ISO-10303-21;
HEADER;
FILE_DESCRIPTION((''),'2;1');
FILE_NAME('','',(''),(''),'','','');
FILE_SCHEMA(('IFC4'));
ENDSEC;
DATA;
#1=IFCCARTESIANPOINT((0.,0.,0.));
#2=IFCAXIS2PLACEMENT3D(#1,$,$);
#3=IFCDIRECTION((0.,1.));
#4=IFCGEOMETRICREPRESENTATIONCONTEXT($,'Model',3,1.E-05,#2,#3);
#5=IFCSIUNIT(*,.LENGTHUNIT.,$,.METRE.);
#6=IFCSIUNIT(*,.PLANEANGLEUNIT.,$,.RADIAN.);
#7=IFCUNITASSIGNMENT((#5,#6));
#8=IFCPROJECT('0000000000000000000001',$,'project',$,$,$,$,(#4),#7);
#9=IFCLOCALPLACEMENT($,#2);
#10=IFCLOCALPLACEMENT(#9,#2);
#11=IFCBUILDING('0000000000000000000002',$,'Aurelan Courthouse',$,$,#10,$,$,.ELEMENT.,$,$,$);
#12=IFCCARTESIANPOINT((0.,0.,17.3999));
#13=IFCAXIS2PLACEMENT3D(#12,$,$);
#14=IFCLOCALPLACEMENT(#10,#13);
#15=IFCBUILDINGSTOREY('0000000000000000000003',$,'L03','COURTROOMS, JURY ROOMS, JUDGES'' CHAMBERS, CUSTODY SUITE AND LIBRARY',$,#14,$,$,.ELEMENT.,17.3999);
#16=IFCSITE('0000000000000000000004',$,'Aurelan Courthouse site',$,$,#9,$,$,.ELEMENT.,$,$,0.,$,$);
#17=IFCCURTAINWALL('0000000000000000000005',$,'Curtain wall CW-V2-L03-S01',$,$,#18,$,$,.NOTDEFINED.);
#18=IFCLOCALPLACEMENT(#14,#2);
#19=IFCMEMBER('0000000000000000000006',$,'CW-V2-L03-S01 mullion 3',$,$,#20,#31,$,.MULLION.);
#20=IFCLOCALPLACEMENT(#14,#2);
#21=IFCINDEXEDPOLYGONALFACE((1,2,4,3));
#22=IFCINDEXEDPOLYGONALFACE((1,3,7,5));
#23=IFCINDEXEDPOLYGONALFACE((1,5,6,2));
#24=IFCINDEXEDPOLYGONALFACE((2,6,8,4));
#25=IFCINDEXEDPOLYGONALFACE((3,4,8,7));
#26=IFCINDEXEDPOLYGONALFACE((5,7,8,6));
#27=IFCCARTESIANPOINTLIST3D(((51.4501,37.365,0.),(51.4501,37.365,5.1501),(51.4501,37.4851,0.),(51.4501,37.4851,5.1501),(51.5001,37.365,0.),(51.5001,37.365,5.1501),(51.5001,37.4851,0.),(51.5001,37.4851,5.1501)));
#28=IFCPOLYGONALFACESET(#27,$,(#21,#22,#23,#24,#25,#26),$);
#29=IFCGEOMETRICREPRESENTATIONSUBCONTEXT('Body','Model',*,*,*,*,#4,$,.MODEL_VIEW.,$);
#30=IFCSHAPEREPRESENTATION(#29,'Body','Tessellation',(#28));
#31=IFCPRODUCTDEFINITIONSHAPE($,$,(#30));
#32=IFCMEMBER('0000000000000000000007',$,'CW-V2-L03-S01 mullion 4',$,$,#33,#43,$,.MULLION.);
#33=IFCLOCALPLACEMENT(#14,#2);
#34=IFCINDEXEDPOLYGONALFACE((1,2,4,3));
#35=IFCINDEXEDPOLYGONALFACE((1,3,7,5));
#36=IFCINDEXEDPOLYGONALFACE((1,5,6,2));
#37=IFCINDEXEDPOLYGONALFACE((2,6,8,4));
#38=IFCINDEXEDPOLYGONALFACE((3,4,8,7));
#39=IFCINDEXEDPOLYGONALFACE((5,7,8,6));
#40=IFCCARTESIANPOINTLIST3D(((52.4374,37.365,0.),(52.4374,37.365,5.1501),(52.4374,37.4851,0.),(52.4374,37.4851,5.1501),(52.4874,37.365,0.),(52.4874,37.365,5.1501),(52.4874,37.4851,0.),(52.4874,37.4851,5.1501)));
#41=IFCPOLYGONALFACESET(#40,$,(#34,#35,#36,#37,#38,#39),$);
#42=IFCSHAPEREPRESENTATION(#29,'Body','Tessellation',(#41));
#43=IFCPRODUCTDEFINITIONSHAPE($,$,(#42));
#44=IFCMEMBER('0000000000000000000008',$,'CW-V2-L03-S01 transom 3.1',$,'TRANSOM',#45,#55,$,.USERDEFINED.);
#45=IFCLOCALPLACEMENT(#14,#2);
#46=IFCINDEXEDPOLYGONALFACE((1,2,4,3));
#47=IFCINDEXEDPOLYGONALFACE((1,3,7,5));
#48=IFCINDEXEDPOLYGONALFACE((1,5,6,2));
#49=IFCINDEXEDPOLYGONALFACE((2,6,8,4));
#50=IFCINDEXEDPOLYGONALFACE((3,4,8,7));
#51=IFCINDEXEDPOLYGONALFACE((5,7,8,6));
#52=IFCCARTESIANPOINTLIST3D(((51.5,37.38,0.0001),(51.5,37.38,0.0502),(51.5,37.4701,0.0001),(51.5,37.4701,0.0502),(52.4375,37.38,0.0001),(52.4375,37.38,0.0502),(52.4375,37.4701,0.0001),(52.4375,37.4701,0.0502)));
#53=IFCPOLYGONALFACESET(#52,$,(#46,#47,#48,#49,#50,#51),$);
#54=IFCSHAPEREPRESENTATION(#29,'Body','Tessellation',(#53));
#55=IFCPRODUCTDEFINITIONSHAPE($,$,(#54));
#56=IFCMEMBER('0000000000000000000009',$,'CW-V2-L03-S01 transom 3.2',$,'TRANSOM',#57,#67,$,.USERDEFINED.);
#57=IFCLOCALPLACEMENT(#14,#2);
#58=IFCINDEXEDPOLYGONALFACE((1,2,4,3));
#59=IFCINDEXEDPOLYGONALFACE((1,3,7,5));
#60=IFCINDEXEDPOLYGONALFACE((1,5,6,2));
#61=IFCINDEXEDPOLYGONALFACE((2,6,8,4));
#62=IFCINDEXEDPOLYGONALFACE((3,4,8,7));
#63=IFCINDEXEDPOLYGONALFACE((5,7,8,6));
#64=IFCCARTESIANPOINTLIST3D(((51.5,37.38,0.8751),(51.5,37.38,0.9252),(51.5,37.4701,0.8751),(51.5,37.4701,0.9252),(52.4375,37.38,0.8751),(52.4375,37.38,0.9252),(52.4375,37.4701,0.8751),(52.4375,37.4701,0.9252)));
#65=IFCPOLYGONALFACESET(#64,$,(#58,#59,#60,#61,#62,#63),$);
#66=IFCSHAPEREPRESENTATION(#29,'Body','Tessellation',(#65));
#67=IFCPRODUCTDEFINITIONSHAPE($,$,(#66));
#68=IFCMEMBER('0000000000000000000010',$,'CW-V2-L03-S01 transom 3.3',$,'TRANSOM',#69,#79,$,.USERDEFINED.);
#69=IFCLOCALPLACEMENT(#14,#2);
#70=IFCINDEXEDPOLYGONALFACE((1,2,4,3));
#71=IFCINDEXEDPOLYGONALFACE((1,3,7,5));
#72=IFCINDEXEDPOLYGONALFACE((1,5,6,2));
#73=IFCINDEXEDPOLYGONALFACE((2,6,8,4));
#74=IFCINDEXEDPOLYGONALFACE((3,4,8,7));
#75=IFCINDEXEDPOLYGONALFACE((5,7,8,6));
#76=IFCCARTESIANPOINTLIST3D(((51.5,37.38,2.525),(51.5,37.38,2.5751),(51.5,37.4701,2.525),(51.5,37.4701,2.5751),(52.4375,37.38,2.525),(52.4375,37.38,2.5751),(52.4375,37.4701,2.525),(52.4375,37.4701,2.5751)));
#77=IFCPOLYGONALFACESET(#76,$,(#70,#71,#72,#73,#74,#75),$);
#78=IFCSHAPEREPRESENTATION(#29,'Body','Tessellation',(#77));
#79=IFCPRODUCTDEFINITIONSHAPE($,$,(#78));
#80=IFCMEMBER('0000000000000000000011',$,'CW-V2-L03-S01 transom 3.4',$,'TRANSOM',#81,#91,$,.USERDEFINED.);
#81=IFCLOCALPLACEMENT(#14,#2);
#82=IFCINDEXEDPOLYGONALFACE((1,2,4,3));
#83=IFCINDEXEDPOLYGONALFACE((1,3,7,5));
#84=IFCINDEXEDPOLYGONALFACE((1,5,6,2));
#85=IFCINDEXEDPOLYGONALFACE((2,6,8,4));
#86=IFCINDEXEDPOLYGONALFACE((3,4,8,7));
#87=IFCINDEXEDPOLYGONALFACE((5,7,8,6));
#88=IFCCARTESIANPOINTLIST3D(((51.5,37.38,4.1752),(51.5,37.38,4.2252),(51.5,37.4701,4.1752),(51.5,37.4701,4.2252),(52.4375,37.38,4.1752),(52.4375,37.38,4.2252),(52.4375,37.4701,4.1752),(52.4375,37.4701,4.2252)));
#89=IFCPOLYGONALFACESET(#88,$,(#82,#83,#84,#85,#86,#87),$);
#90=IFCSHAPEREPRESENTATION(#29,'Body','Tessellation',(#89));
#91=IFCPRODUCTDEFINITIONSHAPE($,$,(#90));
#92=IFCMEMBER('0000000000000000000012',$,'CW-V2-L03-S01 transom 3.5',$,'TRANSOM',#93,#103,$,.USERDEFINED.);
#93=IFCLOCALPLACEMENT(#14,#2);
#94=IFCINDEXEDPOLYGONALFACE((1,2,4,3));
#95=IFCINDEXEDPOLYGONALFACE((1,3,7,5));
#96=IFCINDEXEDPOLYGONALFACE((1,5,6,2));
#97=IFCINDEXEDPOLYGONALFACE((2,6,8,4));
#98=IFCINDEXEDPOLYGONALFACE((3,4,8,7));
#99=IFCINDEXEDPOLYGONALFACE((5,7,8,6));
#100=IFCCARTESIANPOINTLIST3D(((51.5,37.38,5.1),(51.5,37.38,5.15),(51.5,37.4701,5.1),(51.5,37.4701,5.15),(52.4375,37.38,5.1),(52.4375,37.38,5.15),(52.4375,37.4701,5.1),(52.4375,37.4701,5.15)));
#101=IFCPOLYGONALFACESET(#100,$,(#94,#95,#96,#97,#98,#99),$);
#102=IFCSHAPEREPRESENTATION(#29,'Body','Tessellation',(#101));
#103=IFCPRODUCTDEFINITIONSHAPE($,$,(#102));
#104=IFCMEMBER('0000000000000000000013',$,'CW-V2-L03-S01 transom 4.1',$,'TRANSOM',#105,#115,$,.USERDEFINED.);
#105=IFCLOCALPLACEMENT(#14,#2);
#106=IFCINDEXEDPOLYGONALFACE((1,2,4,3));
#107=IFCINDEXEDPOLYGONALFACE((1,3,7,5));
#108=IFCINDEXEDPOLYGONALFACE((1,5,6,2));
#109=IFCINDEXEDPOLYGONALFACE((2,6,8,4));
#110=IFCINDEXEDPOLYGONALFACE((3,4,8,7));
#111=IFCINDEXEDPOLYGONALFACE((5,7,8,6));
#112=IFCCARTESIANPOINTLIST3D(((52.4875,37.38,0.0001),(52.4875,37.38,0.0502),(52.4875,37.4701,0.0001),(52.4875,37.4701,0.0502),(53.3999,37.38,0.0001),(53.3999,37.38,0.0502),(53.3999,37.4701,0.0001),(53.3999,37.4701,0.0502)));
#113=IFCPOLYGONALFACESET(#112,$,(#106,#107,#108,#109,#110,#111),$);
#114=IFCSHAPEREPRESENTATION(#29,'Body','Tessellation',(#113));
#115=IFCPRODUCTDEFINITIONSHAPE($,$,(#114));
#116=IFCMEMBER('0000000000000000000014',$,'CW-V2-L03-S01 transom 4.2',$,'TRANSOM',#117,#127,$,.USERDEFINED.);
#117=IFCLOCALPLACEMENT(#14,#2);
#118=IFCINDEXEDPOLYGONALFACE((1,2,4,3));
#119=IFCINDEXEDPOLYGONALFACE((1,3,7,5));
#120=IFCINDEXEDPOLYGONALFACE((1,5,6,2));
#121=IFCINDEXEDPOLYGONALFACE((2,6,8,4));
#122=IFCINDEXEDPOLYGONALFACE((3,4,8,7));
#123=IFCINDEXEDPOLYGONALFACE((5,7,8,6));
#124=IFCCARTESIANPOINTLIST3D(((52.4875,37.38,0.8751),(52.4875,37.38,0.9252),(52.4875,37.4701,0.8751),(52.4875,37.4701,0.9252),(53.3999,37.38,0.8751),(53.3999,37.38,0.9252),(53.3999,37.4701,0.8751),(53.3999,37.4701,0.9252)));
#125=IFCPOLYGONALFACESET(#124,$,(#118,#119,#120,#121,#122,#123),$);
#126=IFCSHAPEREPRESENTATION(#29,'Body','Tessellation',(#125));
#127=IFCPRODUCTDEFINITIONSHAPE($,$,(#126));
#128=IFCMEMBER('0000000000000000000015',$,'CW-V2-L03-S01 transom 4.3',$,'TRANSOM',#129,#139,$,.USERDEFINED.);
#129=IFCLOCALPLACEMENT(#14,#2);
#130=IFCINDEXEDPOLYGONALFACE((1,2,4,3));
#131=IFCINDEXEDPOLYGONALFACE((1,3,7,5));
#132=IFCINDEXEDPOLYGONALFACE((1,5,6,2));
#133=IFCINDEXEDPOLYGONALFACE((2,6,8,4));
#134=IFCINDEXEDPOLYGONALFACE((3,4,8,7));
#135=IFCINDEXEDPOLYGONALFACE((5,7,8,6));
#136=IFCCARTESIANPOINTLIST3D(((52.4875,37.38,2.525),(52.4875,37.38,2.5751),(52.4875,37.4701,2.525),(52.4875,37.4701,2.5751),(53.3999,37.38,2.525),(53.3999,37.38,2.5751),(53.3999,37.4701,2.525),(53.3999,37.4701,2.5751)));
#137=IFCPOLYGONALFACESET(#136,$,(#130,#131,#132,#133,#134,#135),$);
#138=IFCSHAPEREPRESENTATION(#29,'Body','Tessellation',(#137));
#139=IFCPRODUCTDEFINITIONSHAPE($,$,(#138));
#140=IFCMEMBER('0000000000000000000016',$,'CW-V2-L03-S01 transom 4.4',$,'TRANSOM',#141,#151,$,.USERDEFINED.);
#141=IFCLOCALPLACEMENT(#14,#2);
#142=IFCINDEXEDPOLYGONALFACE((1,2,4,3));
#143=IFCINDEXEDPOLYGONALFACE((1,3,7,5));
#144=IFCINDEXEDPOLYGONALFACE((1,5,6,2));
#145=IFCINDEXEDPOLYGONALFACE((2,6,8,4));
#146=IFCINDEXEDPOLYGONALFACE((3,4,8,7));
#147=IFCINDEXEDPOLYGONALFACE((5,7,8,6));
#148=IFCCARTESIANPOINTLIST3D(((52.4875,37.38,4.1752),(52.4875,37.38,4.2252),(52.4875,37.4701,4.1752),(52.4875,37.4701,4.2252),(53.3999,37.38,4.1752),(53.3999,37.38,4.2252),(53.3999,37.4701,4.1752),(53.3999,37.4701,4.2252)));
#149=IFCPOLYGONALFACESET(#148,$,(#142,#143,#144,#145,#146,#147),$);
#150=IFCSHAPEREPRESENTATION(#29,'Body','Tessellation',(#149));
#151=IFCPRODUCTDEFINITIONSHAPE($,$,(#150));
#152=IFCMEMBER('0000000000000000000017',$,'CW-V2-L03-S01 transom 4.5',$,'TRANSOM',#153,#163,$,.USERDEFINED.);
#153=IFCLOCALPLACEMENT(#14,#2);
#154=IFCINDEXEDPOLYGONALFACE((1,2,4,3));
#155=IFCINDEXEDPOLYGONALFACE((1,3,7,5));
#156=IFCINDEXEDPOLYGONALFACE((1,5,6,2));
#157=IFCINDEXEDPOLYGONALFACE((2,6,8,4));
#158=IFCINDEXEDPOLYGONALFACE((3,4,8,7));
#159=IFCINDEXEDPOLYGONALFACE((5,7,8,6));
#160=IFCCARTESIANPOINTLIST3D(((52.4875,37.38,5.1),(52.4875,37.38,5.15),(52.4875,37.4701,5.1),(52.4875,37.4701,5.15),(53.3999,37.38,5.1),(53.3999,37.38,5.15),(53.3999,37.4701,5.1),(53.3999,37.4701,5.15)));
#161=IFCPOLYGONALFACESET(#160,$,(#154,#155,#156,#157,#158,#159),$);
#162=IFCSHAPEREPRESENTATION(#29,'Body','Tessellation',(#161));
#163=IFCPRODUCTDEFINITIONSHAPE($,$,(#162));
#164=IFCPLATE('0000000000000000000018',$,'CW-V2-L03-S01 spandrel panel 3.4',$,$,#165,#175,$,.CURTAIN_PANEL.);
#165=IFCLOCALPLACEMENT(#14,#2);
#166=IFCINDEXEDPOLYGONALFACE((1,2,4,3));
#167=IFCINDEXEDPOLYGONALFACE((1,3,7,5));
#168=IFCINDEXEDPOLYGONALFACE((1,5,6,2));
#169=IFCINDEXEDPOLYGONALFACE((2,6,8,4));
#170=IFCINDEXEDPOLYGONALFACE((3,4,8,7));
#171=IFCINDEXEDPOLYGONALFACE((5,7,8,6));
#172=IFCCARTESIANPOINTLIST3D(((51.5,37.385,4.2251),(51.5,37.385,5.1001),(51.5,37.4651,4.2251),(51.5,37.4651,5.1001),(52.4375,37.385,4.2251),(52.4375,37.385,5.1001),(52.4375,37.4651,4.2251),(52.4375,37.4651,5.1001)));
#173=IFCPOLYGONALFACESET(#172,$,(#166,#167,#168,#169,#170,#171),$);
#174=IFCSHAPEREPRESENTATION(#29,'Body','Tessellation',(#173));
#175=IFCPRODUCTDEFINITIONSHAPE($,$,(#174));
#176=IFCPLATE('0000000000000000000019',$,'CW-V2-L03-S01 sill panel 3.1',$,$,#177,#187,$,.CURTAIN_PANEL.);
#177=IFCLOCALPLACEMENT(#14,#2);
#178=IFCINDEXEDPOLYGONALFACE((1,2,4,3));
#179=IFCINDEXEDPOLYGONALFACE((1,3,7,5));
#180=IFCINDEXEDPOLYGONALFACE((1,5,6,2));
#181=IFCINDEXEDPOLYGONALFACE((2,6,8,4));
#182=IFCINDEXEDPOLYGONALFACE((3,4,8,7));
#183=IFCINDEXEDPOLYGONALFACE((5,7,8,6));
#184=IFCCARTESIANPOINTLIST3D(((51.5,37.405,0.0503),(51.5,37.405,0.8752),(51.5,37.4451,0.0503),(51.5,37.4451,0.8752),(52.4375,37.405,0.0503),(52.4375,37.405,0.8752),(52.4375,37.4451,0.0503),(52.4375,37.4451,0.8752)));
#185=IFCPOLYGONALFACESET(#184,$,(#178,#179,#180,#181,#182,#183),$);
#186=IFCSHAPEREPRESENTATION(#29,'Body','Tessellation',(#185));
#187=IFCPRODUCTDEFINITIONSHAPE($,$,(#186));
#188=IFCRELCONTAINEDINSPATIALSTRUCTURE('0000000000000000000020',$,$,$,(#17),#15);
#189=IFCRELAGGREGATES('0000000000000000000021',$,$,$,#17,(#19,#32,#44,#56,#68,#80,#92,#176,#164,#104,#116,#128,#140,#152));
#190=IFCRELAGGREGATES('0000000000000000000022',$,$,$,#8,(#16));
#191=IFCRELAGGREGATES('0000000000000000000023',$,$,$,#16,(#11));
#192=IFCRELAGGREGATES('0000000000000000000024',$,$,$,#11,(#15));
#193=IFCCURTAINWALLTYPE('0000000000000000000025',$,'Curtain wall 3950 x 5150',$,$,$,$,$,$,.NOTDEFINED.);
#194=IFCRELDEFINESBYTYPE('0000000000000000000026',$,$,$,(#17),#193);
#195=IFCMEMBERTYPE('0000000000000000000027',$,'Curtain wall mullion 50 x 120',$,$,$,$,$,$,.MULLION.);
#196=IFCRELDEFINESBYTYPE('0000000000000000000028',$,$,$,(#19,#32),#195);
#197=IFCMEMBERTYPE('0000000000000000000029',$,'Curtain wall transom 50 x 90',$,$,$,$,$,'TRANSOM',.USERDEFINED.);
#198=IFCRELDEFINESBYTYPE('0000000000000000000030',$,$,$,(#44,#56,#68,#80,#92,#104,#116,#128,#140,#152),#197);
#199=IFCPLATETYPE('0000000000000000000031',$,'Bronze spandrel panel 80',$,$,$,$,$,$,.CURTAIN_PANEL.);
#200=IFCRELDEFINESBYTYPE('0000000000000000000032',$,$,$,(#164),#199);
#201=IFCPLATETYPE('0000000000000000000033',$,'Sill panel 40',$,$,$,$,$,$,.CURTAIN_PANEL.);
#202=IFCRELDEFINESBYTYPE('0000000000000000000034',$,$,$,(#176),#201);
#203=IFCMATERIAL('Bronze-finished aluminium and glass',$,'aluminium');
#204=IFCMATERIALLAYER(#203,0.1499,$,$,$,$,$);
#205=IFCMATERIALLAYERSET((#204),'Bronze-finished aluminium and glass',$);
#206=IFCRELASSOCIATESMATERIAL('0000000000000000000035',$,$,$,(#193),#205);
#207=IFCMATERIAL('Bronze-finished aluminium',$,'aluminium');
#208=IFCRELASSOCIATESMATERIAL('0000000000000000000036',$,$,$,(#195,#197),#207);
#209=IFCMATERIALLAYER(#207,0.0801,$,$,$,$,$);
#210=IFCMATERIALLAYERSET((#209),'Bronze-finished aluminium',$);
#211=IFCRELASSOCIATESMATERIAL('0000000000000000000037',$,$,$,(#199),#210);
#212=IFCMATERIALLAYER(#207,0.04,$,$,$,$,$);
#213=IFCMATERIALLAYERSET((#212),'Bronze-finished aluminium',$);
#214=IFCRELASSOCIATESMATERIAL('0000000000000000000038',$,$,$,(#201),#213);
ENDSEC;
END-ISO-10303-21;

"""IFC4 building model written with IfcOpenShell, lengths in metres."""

from ifc_helpers import new_model, si_unit, direction, frame, origin, origin_2d, place, context, subcontext, project, spatial, rectangle, extrude, material, layer, layer_set, material_profile, profile_set, type_object, element, aggregate, save


model = new_model("IFC4")

# Units and contexts
model_context = context("Model", 3, precision=1e-05, world=origin(), true_north=direction((0.0, 1.0)))
body_context = subcontext(model_context, "Body", "Model", "MODEL_VIEW")
ifc_project = project(units=[si_unit("LENGTHUNIT", "METRE"), si_unit("PLANEANGLEUNIT", "RADIAN")], contexts=[model_context])

# Site, building, storey
site_placement = place(None, origin())
site = spatial("IfcSite", under=ifc_project, at=site_placement, Name="Aurelan Courthouse site", CompositionType="ELEMENT", RefElevation=0.0)
building_placement = place(site_placement, origin())
building = spatial("IfcBuilding", under=site, at=building_placement, Name="Aurelan Courthouse", CompositionType="ELEMENT")
storey_placement = place(building_placement, frame((0.0, 0.0, 17.3999)))
storey = spatial("IfcBuildingStorey", under=building, at=storey_placement, Name="L03", Description="COURTROOMS, JURY ROOMS, JUDGES' CHAMBERS, CUSTODY SUITE AND LIBRARY", CompositionType="ELEMENT", Elevation=17.3999)

# Curtain wall, members, plates
ifc_material_1 = material(Name="Bronze-finished aluminium and glass", Category="aluminium")
ifc_layer_1 = layer(ifc_material_1, 0.1499)
ifc_layer_set_1 = layer_set([ifc_layer_1], Name="Bronze-finished aluminium and glass")
curtain_wall_type = type_object("IfcCurtainWallType", Name="Curtain wall 3950 x 5150", PredefinedType="NOTDEFINED", material=ifc_layer_set_1)
curtain_wall_placement = place(storey_placement, origin())
curtain_wall = element("IfcCurtainWall", 1, at=curtain_wall_placement, inside=storey, type_object=curtain_wall_type, Name="Curtain wall CW-V2-L03-S01", PredefinedType="NOTDEFINED")
ifc_material_2 = material(Name="Bronze-finished aluminium", Category="aluminium")
ifc_material_profile_1 = material_profile(ifc_material_2, rectangle(XDim=0.1201, YDim=0.05, at=origin_2d()), Name="Bronze mullion 50 x 120")
ifc_profile_set_1 = profile_set([ifc_material_profile_1], Name="Bronze-finished aluminium")
member_type_1 = type_object("IfcMemberType", Name="Curtain wall mullion 50 x 120", PredefinedType="MULLION", material=ifc_profile_set_1)
member_1_placement = place(storey_placement, frame((51.4751, 37.425, 0.0), z_axis=(0.0, 0.0, 1.0), x_axis=(0.0, 1.0, 0.0)))
member_1 = element("IfcMember", 2, at=member_1_placement, type_object=member_type_1, Name="CW-V2-L03-S01 mullion 3", PredefinedType="MULLION", context=body_context, shape_type="SweptSolid", body=[
    extrude(rectangle(XDim=0.1201, YDim=0.05, at=origin_2d()), origin(), (0.0, 0.0, 1.0), 5.1501),
])
member_2_placement = place(storey_placement, frame((52.4624, 37.425, 0.0), z_axis=(0.0, 0.0, 1.0), x_axis=(0.0, 1.0, 0.0)))
member_2 = element("IfcMember", 3, at=member_2_placement, type_object=member_type_1, Name="CW-V2-L03-S01 mullion 4", PredefinedType="MULLION", context=body_context, shape_type="SweptSolid", body=[
    extrude(rectangle(XDim=0.1201, YDim=0.05, at=origin_2d()), origin(), (0.0, 0.0, 1.0), 5.1501),
])
ifc_material_profile_2 = material_profile(ifc_material_2, rectangle(XDim=0.0901, YDim=0.05, at=origin_2d()), Name="Bronze transom 50 x 90")
ifc_profile_set_2 = profile_set([ifc_material_profile_2], Name="Bronze-finished aluminium")
member_type_2 = type_object("IfcMemberType", Name="Curtain wall transom 50 x 90", ElementType="TRANSOM", PredefinedType="USERDEFINED", material=ifc_profile_set_2)
member_3_placement = place(storey_placement, frame((51.5, 37.425, 0.0251), z_axis=(1.0, 0.0, 0.0), x_axis=(0.0, 1.0, 0.0)))
member_3 = element("IfcMember", 4, at=member_3_placement, type_object=member_type_2, Name="CW-V2-L03-S01 transom 3.1", ObjectType="TRANSOM", PredefinedType="USERDEFINED", context=body_context, shape_type="SweptSolid", body=[
    extrude(rectangle(XDim=0.0901, YDim=0.05, at=origin_2d()), origin(), (0.0, 0.0, 1.0), 0.9375),
])
member_4_placement = place(storey_placement, frame((51.5, 37.425, 0.9001), z_axis=(1.0, 0.0, 0.0), x_axis=(0.0, 1.0, 0.0)))
member_4 = element("IfcMember", 5, at=member_4_placement, type_object=member_type_2, Name="CW-V2-L03-S01 transom 3.2", ObjectType="TRANSOM", PredefinedType="USERDEFINED", context=body_context, shape_type="SweptSolid", body=[
    extrude(rectangle(XDim=0.0901, YDim=0.05, at=origin_2d()), origin(), (0.0, 0.0, 1.0), 0.9375),
])
member_5_placement = place(storey_placement, frame((51.5, 37.425, 2.55), z_axis=(1.0, 0.0, 0.0), x_axis=(0.0, 1.0, 0.0)))
member_5 = element("IfcMember", 6, at=member_5_placement, type_object=member_type_2, Name="CW-V2-L03-S01 transom 3.3", ObjectType="TRANSOM", PredefinedType="USERDEFINED", context=body_context, shape_type="SweptSolid", body=[
    extrude(rectangle(XDim=0.0901, YDim=0.05, at=origin_2d()), origin(), (0.0, 0.0, 1.0), 0.9375),
])
member_6_placement = place(storey_placement, frame((51.5, 37.425, 4.2002), z_axis=(1.0, 0.0, 0.0), x_axis=(0.0, 1.0, 0.0)))
member_6 = element("IfcMember", 7, at=member_6_placement, type_object=member_type_2, Name="CW-V2-L03-S01 transom 3.4", ObjectType="TRANSOM", PredefinedType="USERDEFINED", context=body_context, shape_type="SweptSolid", body=[
    extrude(rectangle(XDim=0.0901, YDim=0.05, at=origin_2d()), origin(), (0.0, 0.0, 1.0), 0.9375),
])
member_7_placement = place(storey_placement, frame((51.5, 37.425, 5.125), z_axis=(1.0, 0.0, 0.0), x_axis=(0.0, 1.0, 0.0)))
member_7 = element("IfcMember", 8, at=member_7_placement, type_object=member_type_2, Name="CW-V2-L03-S01 transom 3.5", ObjectType="TRANSOM", PredefinedType="USERDEFINED", context=body_context, shape_type="SweptSolid", body=[
    extrude(rectangle(XDim=0.0901, YDim=0.05, at=origin_2d()), origin(), (0.0, 0.0, 1.0), 0.9375),
])
member_8_placement = place(storey_placement, frame((52.4875, 37.425, 0.0251), z_axis=(1.0, 0.0, 0.0), x_axis=(0.0, 1.0, 0.0)))
member_8 = element("IfcMember", 9, at=member_8_placement, type_object=member_type_2, Name="CW-V2-L03-S01 transom 4.1", ObjectType="TRANSOM", PredefinedType="USERDEFINED", context=body_context, shape_type="SweptSolid", body=[
    extrude(rectangle(XDim=0.0901, YDim=0.05, at=origin_2d()), origin(), (0.0, 0.0, 1.0), 0.9124),
])
member_9_placement = place(storey_placement, frame((52.4875, 37.425, 0.9001), z_axis=(1.0, 0.0, 0.0), x_axis=(0.0, 1.0, 0.0)))
member_9 = element("IfcMember", 10, at=member_9_placement, type_object=member_type_2, Name="CW-V2-L03-S01 transom 4.2", ObjectType="TRANSOM", PredefinedType="USERDEFINED", context=body_context, shape_type="SweptSolid", body=[
    extrude(rectangle(XDim=0.0901, YDim=0.05, at=origin_2d()), origin(), (0.0, 0.0, 1.0), 0.9124),
])
member_10_placement = place(storey_placement, frame((52.4875, 37.425, 2.55), z_axis=(1.0, 0.0, 0.0), x_axis=(0.0, 1.0, 0.0)))
member_10 = element("IfcMember", 11, at=member_10_placement, type_object=member_type_2, Name="CW-V2-L03-S01 transom 4.3", ObjectType="TRANSOM", PredefinedType="USERDEFINED", context=body_context, shape_type="SweptSolid", body=[
    extrude(rectangle(XDim=0.0901, YDim=0.05, at=origin_2d()), origin(), (0.0, 0.0, 1.0), 0.9124),
])
member_11_placement = place(storey_placement, frame((52.4875, 37.425, 4.2002), z_axis=(1.0, 0.0, 0.0), x_axis=(0.0, 1.0, 0.0)))
member_11 = element("IfcMember", 12, at=member_11_placement, type_object=member_type_2, Name="CW-V2-L03-S01 transom 4.4", ObjectType="TRANSOM", PredefinedType="USERDEFINED", context=body_context, shape_type="SweptSolid", body=[
    extrude(rectangle(XDim=0.0901, YDim=0.05, at=origin_2d()), origin(), (0.0, 0.0, 1.0), 0.9124),
])
member_12_placement = place(storey_placement, frame((52.4875, 37.425, 5.125), z_axis=(1.0, 0.0, 0.0), x_axis=(0.0, 1.0, 0.0)))
member_12 = element("IfcMember", 13, at=member_12_placement, type_object=member_type_2, Name="CW-V2-L03-S01 transom 4.5", ObjectType="TRANSOM", PredefinedType="USERDEFINED", context=body_context, shape_type="SweptSolid", body=[
    extrude(rectangle(XDim=0.0901, YDim=0.05, at=origin_2d()), origin(), (0.0, 0.0, 1.0), 0.9124),
])
ifc_layer_2 = layer(ifc_material_2, 0.0801)
ifc_layer_set_2 = layer_set([ifc_layer_2], Name="Bronze-finished aluminium")
plate_type_1 = type_object("IfcPlateType", Name="Bronze spandrel panel 80", PredefinedType="CURTAIN_PANEL", material=ifc_layer_set_2)
plate_1_placement = place(storey_placement, frame((51.9688, 37.425, 4.2251), z_axis=(0.0, 0.0, 1.0), x_axis=(1.0, 0.0, 0.0)))
plate_1 = element("IfcPlate", 14, at=plate_1_placement, type_object=plate_type_1, Name="CW-V2-L03-S01 spandrel panel 3.4", PredefinedType="CURTAIN_PANEL", context=body_context, shape_type="SweptSolid", body=[
    extrude(rectangle(XDim=0.9375, YDim=0.0801, at=origin_2d()), origin(), (0.0, 0.0, 1.0), 0.875),
])
ifc_layer_3 = layer(ifc_material_2, 0.04)
ifc_layer_set_3 = layer_set([ifc_layer_3], Name="Bronze-finished aluminium")
plate_type_2 = type_object("IfcPlateType", Name="Sill panel 40", PredefinedType="CURTAIN_PANEL", material=ifc_layer_set_3)
plate_2_placement = place(storey_placement, frame((51.9688, 37.425, 0.0503), z_axis=(0.0, 0.0, 1.0), x_axis=(1.0, 0.0, 0.0)))
plate_2 = element("IfcPlate", 15, at=plate_2_placement, type_object=plate_type_2, Name="CW-V2-L03-S01 sill panel 3.1", PredefinedType="CURTAIN_PANEL", context=body_context, shape_type="SweptSolid", body=[
    extrude(rectangle(XDim=0.9375, YDim=0.04, at=origin_2d()), origin(), (0.0, 0.0, 1.0), 0.825),
])
aggregate(curtain_wall, [member_1, member_2, member_3, member_4, member_5, member_6, member_7, plate_2, plate_1, member_8, member_9, member_10, member_11, member_12])

save(model, "model.ifc")
